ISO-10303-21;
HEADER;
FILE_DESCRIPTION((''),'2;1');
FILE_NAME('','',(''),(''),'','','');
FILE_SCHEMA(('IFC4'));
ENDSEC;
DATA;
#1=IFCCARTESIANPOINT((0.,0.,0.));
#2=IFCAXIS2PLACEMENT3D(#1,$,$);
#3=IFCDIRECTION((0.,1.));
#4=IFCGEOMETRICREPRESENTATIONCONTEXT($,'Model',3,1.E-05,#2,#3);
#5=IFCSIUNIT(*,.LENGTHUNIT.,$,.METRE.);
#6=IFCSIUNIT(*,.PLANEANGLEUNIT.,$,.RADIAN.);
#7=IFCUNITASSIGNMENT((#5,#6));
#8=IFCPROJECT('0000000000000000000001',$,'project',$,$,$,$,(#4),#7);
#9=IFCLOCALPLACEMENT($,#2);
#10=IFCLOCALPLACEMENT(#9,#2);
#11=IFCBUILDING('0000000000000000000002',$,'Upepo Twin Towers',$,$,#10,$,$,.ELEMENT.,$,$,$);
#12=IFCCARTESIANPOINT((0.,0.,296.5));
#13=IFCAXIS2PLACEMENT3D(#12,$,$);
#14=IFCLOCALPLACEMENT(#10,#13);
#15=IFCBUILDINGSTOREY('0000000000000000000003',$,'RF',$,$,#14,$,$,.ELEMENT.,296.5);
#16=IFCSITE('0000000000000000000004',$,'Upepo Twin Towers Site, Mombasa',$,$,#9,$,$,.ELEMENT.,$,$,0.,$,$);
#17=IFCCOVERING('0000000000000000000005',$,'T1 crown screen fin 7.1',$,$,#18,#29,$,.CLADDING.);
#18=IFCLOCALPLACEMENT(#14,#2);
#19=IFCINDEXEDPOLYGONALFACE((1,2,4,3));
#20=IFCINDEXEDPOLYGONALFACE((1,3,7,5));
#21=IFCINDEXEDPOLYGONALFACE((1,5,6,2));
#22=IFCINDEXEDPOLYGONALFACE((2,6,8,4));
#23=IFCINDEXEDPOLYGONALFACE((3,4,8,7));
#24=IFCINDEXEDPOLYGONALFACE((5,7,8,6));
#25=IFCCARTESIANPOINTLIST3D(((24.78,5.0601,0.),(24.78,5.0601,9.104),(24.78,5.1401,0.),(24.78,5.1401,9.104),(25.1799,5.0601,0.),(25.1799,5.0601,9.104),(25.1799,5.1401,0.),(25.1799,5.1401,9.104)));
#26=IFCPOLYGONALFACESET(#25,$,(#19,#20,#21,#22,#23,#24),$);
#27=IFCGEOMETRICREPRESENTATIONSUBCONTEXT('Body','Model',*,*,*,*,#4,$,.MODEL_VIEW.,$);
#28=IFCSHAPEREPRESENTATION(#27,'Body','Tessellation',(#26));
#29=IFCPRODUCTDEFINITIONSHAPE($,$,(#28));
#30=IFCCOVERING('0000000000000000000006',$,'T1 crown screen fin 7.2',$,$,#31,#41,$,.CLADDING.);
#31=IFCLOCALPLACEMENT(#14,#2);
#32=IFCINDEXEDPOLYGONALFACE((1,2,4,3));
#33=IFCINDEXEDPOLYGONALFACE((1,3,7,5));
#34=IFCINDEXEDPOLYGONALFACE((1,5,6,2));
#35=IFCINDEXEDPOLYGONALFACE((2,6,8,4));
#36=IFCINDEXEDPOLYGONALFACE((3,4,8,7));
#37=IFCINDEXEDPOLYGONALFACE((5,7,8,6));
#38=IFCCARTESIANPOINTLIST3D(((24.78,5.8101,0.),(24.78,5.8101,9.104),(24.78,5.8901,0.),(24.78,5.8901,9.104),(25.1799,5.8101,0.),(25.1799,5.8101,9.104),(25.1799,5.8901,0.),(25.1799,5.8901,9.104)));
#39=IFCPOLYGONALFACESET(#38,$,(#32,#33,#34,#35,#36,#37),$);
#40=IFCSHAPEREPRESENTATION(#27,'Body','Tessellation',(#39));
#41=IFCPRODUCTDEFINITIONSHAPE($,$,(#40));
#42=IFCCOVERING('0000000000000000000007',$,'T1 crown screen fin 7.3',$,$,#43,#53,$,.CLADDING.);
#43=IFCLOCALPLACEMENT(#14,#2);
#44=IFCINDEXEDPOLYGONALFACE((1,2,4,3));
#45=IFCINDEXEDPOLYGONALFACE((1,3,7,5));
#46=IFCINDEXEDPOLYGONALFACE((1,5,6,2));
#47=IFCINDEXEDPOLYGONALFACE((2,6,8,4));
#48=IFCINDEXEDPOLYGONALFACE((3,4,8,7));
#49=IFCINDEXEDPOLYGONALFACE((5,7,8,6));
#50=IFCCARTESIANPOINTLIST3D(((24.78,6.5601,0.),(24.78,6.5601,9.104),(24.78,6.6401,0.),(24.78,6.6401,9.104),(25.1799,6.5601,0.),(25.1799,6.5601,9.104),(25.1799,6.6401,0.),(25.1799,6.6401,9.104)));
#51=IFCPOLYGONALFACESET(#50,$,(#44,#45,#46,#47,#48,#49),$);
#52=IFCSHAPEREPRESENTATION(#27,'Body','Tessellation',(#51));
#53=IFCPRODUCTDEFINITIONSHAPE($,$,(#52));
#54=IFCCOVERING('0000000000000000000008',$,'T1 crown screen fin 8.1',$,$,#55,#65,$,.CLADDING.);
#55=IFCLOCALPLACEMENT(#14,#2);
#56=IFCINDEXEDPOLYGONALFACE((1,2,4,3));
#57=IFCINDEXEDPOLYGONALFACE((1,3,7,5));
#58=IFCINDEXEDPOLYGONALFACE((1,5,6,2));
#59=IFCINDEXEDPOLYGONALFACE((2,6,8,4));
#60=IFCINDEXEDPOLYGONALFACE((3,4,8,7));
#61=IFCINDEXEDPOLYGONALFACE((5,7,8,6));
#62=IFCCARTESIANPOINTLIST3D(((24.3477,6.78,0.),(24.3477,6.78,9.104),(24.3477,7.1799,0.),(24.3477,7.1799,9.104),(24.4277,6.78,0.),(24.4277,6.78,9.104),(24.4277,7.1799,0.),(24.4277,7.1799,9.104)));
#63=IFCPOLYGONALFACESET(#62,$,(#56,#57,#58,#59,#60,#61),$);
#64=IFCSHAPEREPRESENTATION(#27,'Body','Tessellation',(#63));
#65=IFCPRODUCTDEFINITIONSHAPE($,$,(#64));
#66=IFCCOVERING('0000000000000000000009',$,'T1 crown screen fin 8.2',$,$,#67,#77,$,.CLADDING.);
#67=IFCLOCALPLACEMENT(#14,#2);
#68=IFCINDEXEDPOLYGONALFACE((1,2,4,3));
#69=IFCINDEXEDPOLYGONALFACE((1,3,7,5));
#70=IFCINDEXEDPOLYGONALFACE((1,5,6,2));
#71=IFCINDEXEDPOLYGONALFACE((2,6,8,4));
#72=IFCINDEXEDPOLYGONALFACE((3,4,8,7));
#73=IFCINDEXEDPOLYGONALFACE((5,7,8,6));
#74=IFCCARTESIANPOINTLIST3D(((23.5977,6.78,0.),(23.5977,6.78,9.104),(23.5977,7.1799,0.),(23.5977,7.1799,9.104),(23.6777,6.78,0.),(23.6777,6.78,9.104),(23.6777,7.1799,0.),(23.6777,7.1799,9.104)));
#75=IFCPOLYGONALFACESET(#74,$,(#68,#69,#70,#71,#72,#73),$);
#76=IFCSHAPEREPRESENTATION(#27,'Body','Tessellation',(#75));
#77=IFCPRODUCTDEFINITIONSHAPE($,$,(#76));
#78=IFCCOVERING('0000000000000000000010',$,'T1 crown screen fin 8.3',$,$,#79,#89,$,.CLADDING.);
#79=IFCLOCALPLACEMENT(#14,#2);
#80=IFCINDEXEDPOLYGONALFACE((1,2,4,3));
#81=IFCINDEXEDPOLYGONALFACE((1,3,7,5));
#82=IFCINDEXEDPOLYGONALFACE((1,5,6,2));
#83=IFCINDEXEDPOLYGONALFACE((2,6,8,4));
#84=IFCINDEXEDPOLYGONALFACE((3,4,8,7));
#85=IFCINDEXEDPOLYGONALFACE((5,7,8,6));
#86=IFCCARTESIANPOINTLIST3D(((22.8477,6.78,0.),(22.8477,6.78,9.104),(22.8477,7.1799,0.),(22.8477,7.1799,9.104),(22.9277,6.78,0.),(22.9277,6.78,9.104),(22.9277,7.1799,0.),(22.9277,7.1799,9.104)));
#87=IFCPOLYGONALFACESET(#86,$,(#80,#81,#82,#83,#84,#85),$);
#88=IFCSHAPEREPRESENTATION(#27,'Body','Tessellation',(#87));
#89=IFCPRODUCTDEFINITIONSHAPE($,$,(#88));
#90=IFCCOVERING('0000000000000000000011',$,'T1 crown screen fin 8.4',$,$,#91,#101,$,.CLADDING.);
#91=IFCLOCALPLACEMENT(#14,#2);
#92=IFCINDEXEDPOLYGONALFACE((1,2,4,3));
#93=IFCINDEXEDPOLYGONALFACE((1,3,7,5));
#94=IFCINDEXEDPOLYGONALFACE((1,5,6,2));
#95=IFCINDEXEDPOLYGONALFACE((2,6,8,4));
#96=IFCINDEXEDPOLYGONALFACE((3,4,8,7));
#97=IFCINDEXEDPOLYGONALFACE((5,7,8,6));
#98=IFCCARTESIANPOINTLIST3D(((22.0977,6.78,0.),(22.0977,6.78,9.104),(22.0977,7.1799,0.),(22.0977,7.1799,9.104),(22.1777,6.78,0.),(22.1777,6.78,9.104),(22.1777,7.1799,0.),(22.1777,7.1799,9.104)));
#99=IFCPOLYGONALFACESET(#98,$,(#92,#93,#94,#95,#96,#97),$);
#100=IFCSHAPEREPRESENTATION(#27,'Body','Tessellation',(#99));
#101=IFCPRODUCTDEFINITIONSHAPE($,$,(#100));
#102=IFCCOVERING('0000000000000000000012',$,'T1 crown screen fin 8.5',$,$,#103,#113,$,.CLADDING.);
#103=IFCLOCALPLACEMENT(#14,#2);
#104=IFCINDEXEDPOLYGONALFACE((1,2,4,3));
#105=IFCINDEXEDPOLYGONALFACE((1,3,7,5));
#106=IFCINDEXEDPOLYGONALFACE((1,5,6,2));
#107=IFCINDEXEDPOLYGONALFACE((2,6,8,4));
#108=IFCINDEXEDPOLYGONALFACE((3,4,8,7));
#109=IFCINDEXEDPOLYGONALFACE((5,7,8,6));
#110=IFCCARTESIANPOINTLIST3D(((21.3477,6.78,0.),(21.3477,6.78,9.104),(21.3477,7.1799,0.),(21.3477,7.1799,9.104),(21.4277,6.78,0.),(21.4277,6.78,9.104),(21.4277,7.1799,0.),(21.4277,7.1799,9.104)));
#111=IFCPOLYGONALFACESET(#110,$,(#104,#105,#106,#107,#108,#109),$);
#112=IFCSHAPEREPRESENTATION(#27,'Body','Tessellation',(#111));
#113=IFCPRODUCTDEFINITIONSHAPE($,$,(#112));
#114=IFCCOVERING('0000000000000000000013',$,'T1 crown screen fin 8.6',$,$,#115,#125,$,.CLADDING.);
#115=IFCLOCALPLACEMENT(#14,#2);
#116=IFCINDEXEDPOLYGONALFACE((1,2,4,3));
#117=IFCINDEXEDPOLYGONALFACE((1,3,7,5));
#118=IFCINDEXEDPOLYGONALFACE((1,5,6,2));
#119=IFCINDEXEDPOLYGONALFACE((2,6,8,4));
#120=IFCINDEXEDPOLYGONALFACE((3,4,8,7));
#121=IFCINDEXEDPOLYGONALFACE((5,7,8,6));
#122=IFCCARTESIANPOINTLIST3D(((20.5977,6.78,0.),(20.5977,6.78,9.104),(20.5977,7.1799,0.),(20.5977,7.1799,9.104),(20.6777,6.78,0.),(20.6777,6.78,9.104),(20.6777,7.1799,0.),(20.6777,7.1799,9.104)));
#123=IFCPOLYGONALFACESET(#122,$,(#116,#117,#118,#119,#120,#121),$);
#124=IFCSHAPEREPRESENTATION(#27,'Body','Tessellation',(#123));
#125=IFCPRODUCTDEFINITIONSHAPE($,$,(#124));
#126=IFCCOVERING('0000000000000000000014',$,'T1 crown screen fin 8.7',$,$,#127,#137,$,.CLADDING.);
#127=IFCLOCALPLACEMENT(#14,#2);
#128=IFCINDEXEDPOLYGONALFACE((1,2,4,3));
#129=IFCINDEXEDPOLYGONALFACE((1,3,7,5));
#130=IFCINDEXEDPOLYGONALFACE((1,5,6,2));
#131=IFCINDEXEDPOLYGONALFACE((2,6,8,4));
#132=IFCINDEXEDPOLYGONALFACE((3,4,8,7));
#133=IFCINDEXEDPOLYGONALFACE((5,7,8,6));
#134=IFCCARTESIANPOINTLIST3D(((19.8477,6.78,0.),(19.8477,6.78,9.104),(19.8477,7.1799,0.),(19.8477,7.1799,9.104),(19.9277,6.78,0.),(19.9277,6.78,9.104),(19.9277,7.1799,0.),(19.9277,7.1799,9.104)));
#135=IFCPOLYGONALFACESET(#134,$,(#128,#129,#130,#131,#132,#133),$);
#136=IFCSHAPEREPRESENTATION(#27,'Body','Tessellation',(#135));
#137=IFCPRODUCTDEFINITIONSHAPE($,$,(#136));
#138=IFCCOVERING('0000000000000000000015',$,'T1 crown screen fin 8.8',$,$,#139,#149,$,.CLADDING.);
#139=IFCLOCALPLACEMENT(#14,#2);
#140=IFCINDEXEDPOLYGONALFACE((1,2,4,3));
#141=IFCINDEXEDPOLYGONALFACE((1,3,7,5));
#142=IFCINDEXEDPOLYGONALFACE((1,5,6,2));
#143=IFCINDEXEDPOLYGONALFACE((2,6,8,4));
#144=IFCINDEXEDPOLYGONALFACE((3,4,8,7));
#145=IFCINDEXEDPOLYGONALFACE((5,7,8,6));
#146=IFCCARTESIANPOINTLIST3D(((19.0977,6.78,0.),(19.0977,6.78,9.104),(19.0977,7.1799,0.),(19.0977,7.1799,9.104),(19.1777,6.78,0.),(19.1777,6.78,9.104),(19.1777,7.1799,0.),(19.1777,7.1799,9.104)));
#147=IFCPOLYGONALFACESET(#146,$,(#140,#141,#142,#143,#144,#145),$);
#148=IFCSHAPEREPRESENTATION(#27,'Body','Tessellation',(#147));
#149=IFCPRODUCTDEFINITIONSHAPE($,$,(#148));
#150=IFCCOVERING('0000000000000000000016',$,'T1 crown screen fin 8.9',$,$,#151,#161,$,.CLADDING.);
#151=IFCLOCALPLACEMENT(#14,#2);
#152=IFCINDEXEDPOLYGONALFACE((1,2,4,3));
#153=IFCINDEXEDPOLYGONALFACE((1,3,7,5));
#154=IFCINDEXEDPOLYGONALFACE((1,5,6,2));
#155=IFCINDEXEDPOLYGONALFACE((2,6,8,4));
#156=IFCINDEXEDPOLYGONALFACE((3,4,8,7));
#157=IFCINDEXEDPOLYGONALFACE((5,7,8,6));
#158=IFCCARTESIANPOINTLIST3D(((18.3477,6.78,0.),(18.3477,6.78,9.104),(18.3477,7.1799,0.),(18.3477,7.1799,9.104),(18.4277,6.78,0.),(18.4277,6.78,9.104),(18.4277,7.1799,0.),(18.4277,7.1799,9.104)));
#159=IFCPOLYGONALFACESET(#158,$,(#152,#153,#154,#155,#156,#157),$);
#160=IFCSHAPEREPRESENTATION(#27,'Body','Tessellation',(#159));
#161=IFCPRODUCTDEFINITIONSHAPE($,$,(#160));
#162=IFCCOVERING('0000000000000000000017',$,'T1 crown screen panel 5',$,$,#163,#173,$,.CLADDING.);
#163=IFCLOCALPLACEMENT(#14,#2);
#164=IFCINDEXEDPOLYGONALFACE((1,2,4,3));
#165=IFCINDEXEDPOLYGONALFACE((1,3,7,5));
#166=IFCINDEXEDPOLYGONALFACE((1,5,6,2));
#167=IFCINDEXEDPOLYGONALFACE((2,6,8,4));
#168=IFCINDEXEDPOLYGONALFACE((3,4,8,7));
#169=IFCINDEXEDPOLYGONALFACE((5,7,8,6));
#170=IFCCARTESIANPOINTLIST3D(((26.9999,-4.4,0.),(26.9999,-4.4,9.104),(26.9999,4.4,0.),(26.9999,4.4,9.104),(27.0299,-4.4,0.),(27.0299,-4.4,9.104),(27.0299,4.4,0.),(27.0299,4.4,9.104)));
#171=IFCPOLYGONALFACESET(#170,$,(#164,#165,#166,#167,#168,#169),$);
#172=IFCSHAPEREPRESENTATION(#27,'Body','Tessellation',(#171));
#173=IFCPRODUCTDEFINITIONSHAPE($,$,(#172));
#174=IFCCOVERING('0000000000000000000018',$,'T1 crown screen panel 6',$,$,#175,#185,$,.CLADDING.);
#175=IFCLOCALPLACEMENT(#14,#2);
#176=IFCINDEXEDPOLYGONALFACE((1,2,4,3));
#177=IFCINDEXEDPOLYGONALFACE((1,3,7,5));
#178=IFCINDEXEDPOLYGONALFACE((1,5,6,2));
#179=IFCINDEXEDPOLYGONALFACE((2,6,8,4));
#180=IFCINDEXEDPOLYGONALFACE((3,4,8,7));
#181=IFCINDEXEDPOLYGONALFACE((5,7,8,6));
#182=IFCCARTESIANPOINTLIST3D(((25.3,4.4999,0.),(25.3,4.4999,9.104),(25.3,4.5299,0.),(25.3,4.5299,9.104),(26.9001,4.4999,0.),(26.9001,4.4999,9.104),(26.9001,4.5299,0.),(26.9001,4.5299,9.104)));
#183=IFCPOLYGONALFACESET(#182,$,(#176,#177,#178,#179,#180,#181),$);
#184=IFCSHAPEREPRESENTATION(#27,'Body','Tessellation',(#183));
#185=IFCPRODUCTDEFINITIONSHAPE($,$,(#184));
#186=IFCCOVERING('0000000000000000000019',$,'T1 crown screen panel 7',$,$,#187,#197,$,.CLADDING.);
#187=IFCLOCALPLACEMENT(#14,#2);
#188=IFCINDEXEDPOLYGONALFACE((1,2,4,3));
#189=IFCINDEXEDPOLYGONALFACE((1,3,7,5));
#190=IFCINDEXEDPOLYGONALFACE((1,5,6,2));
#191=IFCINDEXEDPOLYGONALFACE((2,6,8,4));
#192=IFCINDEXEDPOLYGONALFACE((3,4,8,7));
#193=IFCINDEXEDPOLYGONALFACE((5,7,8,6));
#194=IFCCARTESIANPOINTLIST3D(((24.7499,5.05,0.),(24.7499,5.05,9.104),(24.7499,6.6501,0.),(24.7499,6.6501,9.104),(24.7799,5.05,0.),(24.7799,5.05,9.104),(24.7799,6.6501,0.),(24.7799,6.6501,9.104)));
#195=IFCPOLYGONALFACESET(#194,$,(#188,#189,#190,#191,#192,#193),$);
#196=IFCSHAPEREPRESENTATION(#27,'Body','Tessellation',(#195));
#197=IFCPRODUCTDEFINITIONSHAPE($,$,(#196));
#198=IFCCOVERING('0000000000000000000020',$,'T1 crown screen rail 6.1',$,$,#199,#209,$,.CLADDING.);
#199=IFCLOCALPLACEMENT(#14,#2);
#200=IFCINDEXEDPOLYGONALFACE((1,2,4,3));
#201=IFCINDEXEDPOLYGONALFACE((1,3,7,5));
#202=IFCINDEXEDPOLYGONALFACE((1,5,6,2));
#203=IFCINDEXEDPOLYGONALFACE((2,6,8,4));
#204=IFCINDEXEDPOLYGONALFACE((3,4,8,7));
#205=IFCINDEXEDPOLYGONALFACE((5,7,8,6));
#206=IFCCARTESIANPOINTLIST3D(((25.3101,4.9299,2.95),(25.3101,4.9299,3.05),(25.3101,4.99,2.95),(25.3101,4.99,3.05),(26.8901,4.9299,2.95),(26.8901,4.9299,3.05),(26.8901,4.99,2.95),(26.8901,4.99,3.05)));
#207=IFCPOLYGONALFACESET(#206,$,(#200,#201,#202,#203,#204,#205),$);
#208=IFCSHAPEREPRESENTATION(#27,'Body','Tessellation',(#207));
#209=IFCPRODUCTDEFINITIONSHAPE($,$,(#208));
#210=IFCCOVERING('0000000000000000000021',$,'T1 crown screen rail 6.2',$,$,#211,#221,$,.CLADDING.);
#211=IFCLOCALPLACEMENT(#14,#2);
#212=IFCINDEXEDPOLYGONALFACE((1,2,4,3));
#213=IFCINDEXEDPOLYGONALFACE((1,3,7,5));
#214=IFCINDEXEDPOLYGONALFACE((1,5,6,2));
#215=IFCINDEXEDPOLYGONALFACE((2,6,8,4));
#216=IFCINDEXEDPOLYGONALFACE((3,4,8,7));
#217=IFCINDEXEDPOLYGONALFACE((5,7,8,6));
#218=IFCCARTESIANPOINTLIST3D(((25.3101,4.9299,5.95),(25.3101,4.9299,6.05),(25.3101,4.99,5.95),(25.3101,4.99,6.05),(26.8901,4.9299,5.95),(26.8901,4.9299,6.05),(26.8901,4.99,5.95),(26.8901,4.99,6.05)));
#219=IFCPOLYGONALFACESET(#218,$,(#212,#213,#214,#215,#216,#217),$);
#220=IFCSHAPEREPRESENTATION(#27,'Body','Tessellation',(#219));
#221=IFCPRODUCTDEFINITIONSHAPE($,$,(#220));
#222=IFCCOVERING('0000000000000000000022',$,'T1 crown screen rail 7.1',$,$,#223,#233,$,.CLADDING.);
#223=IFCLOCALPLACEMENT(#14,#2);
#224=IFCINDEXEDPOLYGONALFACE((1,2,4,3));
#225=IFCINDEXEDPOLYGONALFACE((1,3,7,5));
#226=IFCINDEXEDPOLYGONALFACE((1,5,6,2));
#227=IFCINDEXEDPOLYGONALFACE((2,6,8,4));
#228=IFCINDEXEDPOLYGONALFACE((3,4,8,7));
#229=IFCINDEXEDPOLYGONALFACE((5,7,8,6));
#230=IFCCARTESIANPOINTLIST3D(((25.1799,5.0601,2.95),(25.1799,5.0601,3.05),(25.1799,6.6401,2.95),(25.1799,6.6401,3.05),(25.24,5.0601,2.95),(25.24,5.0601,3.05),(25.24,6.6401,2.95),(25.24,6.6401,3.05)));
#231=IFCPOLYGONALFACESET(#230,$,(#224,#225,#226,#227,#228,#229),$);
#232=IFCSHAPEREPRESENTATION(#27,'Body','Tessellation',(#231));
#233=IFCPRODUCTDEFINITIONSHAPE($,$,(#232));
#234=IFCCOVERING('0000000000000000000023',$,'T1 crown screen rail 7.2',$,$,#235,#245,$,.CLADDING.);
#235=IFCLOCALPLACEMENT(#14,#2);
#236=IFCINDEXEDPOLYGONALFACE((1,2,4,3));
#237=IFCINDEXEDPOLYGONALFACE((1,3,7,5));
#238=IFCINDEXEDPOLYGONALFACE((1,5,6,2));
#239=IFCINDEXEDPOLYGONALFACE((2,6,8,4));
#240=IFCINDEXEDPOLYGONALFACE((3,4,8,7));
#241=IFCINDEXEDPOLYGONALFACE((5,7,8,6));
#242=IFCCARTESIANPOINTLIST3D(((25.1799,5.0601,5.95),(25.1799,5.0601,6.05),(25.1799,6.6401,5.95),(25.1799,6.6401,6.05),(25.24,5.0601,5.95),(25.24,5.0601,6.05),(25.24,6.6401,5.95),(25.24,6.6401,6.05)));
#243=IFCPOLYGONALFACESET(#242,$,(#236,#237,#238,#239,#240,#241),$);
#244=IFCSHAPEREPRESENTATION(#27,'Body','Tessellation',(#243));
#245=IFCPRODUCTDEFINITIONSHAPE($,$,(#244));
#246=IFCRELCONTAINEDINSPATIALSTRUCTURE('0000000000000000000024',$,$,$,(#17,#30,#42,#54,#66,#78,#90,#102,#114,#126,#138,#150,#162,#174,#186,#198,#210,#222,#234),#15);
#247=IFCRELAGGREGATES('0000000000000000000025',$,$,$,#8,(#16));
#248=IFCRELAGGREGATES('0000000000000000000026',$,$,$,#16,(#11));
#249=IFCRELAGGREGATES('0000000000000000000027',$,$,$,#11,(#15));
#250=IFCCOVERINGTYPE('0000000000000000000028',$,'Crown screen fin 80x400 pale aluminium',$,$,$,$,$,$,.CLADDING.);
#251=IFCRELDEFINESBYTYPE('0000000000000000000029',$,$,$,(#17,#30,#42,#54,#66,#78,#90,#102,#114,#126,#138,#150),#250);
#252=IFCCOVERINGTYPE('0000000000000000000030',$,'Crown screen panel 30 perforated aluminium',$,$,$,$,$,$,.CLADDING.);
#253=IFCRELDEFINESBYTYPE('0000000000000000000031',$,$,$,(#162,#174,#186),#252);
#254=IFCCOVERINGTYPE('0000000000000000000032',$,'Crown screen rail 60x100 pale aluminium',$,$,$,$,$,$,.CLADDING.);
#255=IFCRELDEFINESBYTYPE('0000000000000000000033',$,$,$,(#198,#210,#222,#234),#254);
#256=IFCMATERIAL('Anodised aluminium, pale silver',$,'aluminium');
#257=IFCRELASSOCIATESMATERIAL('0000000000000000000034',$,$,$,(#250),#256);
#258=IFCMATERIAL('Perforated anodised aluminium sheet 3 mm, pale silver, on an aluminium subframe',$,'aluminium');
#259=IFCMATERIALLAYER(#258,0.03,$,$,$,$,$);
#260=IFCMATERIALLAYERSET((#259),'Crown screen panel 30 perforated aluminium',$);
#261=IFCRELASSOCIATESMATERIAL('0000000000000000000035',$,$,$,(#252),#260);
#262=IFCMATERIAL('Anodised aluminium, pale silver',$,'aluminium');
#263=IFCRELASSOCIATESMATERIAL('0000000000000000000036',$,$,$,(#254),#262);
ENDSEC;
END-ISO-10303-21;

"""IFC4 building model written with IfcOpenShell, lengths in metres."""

from ifc_helpers import new_model, si_unit, direction, frame, origin, origin_2d, place, context, subcontext, project, spatial, rectangle, extrude, material, layer, layer_set, type_object, element, save


model = new_model("IFC4")

# Units and contexts
model_context = context("Model", 3, precision=1e-05, world=origin(), true_north=direction((0.0, 1.0)))
body_context = subcontext(model_context, "Body", "Model", "MODEL_VIEW")
ifc_project = project(units=[si_unit("LENGTHUNIT", "METRE"), si_unit("PLANEANGLEUNIT", "RADIAN")], contexts=[model_context])

# Site, building, storey
site_placement = place(None, origin())
site = spatial("IfcSite", under=ifc_project, at=site_placement, Name="Upepo Twin Towers Site, Mombasa", CompositionType="ELEMENT", RefElevation=0.0)
building_placement = place(site_placement, origin())
building = spatial("IfcBuilding", under=site, at=building_placement, Name="Upepo Twin Towers", CompositionType="ELEMENT")
storey_placement = place(building_placement, frame((0.0, 0.0, 296.5)))
storey = spatial("IfcBuildingStorey", under=building, at=storey_placement, Name="RF", CompositionType="ELEMENT", Elevation=296.5)

# Coverings
ifc_material_1 = material(Name="Anodised aluminium, pale silver", Category="aluminium")
covering_type_1 = type_object("IfcCoveringType", Name="Crown screen fin 80x400 pale aluminium", PredefinedType="CLADDING", material=ifc_material_1)
for number, where, z_axis, x_axis, name in (
    (1, (24.98, 5.1001, 0.0), (0.0, 0.0, 1.0), (0.0, 1.0, 0.0), "T1 crown screen fin 7.1"),
    (2, (24.98, 5.8501, 0.0), (0.0, 0.0, 1.0), (0.0, 1.0, 0.0), "T1 crown screen fin 7.2"),
    (3, (24.98, 6.6001, 0.0), (0.0, 0.0, 1.0), (0.0, 1.0, 0.0), "T1 crown screen fin 7.3"),
    (4, (24.3877, 6.98, 0.0), (0.0, 0.0, 1.0), (-1.0, 0.0, 0.0), "T1 crown screen fin 8.1"),
    (5, (23.6377, 6.98, 0.0), (0.0, 0.0, 1.0), (-1.0, 0.0, 0.0), "T1 crown screen fin 8.2"),
    (6, (22.8877, 6.98, 0.0), (0.0, 0.0, 1.0), (-1.0, 0.0, 0.0), "T1 crown screen fin 8.3"),
    (7, (22.1377, 6.98, 0.0), (0.0, 0.0, 1.0), (-1.0, 0.0, 0.0), "T1 crown screen fin 8.4"),
    (8, (21.3877, 6.98, 0.0), (0.0, 0.0, 1.0), (-1.0, 0.0, 0.0), "T1 crown screen fin 8.5"),
    (9, (20.6377, 6.98, 0.0), (0.0, 0.0, 1.0), (-1.0, 0.0, 0.0), "T1 crown screen fin 8.6"),
    (10, (19.8877, 6.98, 0.0), (0.0, 0.0, 1.0), (-1.0, 0.0, 0.0), "T1 crown screen fin 8.7"),
    (11, (19.1377, 6.98, 0.0), (0.0, 0.0, 1.0), (-1.0, 0.0, 0.0), "T1 crown screen fin 8.8"),
    (12, (18.3877, 6.98, 0.0), (0.0, 0.0, 1.0), (-1.0, 0.0, 0.0), "T1 crown screen fin 8.9"),
):
    element("IfcCovering", number, at=place(storey_placement, frame(where, z_axis=z_axis, x_axis=x_axis)), inside=storey, type_object=covering_type_1, Name=name, PredefinedType="CLADDING", context=body_context, shape_type="SweptSolid", body=[
        extrude(rectangle(XDim=0.0801, YDim=0.3999, at=origin_2d()), origin(), (0.0, 0.0, 1.0), 9.104),
    ])
ifc_material_2 = material(Name="Perforated anodised aluminium sheet 3 mm, pale silver, on an aluminium subframe", Category="aluminium")
ifc_layer_1 = layer(ifc_material_2, 0.03)
ifc_layer_set_1 = layer_set([ifc_layer_1], Name="Crown screen panel 30 perforated aluminium")
covering_type_2 = type_object("IfcCoveringType", Name="Crown screen panel 30 perforated aluminium", PredefinedType="CLADDING", material=ifc_layer_set_1)
covering_placement = place(storey_placement, frame((27.0149, 0.0, 0.0), z_axis=(0.0, 0.0, 1.0), x_axis=(0.0, 1.0, 0.0)))
element("IfcCovering", 13, at=covering_placement, inside=storey, type_object=covering_type_2, Name="T1 crown screen panel 5", PredefinedType="CLADDING", context=body_context, shape_type="SweptSolid", body=[
    extrude(rectangle(XDim=8.8, YDim=0.03, at=origin_2d()), origin(), (0.0, 0.0, 1.0), 9.104),
])
for number, where, z_axis, x_axis, name in (
    (14, (26.1001, 4.5149, 0.0), (0.0, 0.0, 1.0), (-1.0, 0.0, 0.0), "T1 crown screen panel 6"),
    (15, (24.7649, 5.8501, 0.0), (0.0, 0.0, 1.0), (0.0, 1.0, 0.0), "T1 crown screen panel 7"),
):
    element("IfcCovering", number, at=place(storey_placement, frame(where, z_axis=z_axis, x_axis=x_axis)), inside=storey, type_object=covering_type_2, Name=name, PredefinedType="CLADDING", context=body_context, shape_type="SweptSolid", body=[
        extrude(rectangle(XDim=1.6001, YDim=0.03, at=origin_2d()), origin(), (0.0, 0.0, 1.0), 9.104),
    ])
ifc_material_3 = material(Name="Anodised aluminium, pale silver", Category="aluminium")
covering_type_3 = type_object("IfcCoveringType", Name="Crown screen rail 60x100 pale aluminium", PredefinedType="CLADDING", material=ifc_material_3)
for number, where, z_axis, x_axis, name in (
    (16, (26.1001, 4.96, 2.95), (0.0, 0.0, 1.0), (-1.0, 0.0, 0.0), "T1 crown screen rail 6.1"),
    (17, (26.1001, 4.96, 5.95), (0.0, 0.0, 1.0), (-1.0, 0.0, 0.0), "T1 crown screen rail 6.2"),
    (18, (25.21, 5.8501, 2.95), (0.0, 0.0, 1.0), (0.0, 1.0, 0.0), "T1 crown screen rail 7.1"),
    (19, (25.21, 5.8501, 5.95), (0.0, 0.0, 1.0), (0.0, 1.0, 0.0), "T1 crown screen rail 7.2"),
):
    element("IfcCovering", number, at=place(storey_placement, frame(where, z_axis=z_axis, x_axis=x_axis)), inside=storey, type_object=covering_type_3, Name=name, PredefinedType="CLADDING", context=body_context, shape_type="SweptSolid", body=[
        extrude(rectangle(XDim=1.5801, YDim=0.0601, at=origin_2d()), origin(), (0.0, 0.0, 1.0), 0.1001),
    ])

save(model, "model.ifc")
